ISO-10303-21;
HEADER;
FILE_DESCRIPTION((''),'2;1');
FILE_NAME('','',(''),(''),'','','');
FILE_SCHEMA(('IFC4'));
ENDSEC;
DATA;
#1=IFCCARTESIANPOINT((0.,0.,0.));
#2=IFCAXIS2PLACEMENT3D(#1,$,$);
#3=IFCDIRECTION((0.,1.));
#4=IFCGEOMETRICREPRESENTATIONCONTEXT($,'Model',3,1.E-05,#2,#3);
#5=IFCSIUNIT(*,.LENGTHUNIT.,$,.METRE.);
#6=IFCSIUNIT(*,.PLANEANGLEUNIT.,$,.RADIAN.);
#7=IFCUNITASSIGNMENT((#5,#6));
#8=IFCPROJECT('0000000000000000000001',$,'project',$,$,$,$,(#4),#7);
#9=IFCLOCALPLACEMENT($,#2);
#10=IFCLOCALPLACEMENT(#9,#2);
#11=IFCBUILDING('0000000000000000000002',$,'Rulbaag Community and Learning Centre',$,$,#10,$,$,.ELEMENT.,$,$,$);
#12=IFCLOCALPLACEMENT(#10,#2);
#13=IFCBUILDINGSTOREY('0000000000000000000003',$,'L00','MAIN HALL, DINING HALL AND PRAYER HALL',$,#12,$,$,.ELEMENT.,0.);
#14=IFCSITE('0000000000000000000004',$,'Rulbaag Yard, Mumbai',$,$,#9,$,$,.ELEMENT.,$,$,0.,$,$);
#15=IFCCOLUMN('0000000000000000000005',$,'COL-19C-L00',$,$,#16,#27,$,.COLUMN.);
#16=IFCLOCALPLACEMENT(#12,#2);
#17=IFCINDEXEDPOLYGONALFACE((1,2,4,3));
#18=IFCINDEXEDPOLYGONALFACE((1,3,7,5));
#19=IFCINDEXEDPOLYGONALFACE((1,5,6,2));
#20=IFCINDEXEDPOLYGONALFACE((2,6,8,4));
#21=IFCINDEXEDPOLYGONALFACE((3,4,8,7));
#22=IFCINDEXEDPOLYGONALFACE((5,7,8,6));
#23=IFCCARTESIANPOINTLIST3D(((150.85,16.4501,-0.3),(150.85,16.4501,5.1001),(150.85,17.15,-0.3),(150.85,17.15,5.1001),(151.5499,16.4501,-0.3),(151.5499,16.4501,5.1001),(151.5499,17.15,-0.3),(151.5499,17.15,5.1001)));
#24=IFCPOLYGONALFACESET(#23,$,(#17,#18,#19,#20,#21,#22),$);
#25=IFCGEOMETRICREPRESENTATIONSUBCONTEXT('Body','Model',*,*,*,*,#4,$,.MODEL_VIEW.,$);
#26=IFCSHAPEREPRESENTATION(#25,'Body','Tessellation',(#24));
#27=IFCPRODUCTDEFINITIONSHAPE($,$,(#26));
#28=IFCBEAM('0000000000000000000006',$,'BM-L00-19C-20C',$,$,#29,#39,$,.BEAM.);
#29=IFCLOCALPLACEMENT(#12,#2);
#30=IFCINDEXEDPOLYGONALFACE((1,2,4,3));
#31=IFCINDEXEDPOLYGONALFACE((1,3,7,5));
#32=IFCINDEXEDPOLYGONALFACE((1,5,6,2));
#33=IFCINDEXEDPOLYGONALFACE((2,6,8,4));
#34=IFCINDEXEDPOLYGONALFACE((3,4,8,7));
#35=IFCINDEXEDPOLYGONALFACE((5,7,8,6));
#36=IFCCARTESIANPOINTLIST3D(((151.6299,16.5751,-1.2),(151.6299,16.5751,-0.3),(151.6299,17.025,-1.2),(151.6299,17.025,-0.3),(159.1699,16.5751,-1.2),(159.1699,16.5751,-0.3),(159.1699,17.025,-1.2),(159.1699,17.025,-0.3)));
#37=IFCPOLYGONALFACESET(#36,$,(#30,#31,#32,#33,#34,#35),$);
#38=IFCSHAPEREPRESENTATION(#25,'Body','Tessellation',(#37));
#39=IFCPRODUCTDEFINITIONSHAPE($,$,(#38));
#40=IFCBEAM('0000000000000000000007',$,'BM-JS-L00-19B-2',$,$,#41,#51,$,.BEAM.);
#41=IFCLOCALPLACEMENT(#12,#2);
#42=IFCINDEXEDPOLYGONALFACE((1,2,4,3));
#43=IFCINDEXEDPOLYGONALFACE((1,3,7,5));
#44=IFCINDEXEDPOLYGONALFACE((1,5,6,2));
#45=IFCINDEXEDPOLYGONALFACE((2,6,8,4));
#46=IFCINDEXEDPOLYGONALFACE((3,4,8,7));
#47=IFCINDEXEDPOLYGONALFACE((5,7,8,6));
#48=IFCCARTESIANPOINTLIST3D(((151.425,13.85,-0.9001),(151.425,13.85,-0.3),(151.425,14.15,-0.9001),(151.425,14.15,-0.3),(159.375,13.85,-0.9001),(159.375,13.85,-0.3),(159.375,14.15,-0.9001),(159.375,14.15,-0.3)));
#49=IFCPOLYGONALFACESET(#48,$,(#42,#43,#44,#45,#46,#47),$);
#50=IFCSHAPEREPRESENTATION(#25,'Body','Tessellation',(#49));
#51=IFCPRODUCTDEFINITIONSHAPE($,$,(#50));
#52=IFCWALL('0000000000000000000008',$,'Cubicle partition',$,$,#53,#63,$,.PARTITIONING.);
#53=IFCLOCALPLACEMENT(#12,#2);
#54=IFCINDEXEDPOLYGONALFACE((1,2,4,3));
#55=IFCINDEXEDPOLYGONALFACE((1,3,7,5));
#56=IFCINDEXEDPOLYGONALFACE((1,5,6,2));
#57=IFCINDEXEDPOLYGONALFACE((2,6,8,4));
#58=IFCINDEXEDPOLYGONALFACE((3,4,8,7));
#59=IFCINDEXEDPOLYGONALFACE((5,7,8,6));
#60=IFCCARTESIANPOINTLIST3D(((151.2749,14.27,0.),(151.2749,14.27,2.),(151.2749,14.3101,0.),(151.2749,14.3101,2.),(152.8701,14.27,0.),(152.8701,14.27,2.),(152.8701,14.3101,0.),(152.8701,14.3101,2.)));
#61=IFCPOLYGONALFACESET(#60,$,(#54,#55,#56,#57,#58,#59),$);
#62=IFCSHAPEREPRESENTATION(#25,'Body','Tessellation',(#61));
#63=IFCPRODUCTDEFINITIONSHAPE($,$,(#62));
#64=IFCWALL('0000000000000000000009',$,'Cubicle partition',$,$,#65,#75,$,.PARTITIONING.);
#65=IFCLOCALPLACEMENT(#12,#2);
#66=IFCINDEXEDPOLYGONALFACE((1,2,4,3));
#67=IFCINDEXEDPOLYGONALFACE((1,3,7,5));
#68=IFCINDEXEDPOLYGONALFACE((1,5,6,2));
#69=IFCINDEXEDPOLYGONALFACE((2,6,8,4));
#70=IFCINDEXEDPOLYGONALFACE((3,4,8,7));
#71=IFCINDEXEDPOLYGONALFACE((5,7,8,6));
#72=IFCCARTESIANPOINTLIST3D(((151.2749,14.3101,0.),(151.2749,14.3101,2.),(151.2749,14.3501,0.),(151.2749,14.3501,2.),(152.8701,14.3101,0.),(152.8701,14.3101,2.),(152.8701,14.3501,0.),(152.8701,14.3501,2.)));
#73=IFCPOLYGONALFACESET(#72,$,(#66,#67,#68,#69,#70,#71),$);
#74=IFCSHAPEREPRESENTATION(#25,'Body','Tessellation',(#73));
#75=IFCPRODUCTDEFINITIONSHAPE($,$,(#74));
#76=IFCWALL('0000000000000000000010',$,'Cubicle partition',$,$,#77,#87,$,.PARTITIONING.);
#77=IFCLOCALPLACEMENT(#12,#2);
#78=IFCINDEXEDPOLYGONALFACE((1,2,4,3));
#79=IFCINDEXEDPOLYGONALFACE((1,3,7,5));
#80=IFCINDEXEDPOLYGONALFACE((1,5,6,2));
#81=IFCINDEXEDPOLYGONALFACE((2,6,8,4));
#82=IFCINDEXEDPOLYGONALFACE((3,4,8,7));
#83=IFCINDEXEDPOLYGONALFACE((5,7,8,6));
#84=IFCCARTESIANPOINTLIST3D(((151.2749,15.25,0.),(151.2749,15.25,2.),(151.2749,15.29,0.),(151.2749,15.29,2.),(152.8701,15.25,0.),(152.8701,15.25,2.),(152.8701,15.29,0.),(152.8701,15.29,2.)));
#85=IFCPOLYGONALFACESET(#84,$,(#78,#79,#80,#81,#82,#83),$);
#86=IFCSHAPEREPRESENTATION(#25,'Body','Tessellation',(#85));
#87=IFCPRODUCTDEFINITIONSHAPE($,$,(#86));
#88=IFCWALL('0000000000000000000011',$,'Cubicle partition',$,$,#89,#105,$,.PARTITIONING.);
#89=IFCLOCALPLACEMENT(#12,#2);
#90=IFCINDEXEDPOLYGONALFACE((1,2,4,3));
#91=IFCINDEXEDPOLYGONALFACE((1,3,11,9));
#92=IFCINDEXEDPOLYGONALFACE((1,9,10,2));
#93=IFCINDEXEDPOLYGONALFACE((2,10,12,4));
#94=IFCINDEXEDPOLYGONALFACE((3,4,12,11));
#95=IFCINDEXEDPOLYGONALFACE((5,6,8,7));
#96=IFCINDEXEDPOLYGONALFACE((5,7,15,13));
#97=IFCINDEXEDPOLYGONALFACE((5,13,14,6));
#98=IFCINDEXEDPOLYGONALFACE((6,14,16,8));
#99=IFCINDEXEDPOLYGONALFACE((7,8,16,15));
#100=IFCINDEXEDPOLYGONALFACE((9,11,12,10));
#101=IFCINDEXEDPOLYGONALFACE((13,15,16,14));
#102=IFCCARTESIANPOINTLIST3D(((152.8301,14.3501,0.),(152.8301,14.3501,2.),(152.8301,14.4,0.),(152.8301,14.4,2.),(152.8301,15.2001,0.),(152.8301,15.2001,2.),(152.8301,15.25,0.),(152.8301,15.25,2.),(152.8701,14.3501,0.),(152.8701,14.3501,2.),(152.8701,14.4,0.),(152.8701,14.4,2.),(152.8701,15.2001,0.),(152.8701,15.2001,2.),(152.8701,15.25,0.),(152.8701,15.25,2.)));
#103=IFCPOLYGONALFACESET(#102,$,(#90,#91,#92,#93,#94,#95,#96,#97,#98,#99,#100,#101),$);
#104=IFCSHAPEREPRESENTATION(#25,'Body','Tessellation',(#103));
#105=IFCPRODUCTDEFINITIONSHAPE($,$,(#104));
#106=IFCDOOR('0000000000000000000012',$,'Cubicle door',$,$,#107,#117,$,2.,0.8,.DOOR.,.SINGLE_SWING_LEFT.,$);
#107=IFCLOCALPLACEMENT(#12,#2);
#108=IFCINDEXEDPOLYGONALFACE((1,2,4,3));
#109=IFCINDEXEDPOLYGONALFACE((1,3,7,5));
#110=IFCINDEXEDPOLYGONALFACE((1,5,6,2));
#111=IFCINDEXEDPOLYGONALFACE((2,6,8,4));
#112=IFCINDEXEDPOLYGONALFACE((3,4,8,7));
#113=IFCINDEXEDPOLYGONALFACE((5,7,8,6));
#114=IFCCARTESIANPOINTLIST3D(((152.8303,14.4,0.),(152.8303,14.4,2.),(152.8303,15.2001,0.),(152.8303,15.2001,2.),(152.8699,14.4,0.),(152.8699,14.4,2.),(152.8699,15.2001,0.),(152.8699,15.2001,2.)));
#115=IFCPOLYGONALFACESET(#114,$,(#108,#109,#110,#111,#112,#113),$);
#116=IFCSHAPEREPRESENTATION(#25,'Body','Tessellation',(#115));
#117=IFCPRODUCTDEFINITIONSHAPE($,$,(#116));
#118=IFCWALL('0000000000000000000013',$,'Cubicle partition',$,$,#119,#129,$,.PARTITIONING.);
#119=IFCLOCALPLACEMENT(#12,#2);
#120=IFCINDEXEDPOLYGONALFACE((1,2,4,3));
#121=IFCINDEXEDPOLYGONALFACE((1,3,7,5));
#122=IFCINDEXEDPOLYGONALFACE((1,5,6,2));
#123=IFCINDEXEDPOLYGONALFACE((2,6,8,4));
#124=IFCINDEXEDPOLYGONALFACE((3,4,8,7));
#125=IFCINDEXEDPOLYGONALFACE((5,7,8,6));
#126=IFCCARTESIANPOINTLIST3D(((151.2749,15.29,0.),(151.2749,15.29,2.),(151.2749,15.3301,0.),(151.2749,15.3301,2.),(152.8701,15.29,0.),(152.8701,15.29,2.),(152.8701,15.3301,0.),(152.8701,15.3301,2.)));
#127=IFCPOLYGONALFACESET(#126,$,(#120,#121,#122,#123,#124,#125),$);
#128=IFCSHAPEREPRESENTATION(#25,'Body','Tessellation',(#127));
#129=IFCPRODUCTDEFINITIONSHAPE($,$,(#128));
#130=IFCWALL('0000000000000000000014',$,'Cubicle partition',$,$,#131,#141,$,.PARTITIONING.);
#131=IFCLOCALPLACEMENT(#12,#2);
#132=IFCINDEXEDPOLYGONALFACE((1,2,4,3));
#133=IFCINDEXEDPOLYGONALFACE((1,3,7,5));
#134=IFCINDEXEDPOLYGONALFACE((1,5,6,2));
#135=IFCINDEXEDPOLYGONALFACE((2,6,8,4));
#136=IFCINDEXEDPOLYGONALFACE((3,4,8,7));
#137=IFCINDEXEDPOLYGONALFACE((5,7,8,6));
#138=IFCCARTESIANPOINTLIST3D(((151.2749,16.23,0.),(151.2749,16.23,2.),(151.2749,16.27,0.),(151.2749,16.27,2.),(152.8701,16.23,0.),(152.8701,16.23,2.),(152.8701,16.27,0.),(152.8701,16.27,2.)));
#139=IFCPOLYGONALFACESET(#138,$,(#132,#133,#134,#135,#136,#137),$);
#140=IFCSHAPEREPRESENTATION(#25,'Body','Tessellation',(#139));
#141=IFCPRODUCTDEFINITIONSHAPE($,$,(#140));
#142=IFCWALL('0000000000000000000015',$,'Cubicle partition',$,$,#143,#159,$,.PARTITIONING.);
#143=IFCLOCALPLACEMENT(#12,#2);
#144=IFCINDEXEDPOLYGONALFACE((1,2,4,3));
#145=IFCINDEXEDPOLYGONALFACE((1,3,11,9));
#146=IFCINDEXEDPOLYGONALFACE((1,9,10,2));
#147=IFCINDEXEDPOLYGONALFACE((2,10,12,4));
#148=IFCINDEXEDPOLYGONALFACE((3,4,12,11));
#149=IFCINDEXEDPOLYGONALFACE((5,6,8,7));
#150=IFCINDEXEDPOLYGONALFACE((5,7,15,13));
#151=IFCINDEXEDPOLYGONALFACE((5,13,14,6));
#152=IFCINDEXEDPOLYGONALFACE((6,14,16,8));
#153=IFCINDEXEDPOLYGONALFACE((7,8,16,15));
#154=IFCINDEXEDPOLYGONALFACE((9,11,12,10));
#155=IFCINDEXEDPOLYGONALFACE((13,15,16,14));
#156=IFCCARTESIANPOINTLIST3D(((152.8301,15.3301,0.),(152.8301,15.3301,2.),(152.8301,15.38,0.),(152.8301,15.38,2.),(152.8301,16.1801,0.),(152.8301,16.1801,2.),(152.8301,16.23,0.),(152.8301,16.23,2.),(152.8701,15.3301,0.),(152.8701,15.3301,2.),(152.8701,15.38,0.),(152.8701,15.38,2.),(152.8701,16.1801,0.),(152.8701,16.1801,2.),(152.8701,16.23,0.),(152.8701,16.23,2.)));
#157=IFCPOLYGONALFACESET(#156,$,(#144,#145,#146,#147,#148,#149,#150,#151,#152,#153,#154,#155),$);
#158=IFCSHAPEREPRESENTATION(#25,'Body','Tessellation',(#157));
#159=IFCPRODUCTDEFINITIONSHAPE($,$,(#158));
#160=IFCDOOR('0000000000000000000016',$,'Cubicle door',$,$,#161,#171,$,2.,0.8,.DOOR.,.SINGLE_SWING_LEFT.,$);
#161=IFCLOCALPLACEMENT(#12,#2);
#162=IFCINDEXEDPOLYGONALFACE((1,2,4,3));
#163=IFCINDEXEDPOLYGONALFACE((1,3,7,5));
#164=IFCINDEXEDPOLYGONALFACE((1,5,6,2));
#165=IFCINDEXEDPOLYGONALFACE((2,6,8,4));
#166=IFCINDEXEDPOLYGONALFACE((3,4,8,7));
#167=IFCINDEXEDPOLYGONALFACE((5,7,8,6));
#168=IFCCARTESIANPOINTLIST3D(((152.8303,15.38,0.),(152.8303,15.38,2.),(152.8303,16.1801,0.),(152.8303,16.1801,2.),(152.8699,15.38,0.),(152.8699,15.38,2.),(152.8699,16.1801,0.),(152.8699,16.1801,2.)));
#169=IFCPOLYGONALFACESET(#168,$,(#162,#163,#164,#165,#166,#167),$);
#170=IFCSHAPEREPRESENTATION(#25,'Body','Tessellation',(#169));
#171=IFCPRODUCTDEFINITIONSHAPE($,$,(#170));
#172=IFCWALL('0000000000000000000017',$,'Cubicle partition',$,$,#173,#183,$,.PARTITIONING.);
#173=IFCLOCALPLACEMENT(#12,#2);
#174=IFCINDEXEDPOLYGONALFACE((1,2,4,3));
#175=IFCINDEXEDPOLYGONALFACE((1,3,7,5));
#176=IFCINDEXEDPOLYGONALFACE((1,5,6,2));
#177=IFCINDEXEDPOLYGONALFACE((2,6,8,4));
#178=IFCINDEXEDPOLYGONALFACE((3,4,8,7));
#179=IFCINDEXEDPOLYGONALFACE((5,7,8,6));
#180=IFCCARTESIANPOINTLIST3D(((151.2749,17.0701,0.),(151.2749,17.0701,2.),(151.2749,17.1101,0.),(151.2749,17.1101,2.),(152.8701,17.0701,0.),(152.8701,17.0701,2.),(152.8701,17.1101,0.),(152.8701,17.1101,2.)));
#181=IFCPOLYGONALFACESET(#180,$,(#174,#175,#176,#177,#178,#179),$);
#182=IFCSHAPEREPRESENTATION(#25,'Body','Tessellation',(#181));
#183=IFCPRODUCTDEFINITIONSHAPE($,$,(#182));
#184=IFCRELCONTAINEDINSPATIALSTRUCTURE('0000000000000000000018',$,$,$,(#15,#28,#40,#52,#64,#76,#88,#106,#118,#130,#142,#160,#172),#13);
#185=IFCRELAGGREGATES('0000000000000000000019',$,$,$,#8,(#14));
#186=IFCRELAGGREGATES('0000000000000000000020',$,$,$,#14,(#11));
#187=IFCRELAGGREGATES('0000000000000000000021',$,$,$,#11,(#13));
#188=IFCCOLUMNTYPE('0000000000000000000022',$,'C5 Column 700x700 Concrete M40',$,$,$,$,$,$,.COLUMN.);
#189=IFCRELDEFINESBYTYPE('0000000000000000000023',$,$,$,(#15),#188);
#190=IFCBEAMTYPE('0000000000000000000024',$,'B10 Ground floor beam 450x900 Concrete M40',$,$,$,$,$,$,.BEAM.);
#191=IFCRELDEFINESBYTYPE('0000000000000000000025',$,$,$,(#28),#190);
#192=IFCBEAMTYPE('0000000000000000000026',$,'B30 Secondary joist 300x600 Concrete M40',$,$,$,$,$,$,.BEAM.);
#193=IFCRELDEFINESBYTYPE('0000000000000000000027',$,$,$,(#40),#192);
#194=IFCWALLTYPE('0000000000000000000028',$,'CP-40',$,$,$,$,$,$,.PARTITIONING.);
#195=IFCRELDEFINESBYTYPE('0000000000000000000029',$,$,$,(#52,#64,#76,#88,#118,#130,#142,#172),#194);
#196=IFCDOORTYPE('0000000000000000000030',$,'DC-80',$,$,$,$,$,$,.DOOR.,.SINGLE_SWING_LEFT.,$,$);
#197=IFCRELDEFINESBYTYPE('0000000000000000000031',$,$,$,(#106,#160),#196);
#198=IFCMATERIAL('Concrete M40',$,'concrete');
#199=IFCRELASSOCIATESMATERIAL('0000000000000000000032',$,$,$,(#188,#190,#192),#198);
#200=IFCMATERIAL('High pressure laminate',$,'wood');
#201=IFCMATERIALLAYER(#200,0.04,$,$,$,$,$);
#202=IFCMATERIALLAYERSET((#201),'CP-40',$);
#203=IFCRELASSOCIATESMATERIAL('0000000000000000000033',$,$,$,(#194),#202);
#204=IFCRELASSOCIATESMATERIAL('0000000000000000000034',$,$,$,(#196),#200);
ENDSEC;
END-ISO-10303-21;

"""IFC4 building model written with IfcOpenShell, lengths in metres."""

from ifc_helpers import new_model, si_unit, direction, frame, frame_2d, origin, origin_2d, place, context, subcontext, project, spatial, rectangle, extrude, material, layer, layer_set, material_profile, profile_set, type_object, element, fill, save


model = new_model("IFC4")

# Units and contexts
model_context = context("Model", 3, precision=1e-05, world=origin(), true_north=direction((0.0, 1.0)))
body_context = subcontext(model_context, "Body", "Model", "MODEL_VIEW")
ifc_project = project(units=[si_unit("LENGTHUNIT", "METRE"), si_unit("PLANEANGLEUNIT", "RADIAN")], contexts=[model_context])

# Site, building, storey
site_placement = place(None, origin())
site = spatial("IfcSite", under=ifc_project, at=site_placement, Name="Rulbaag Yard, Mumbai", CompositionType="ELEMENT", RefElevation=0.0)
building_placement = place(site_placement, origin())
building = spatial("IfcBuilding", under=site, at=building_placement, Name="Rulbaag Community and Learning Centre", CompositionType="ELEMENT")
storey_placement = place(building_placement, origin())
storey = spatial("IfcBuildingStorey", under=building, at=storey_placement, Name="L00", Description="MAIN HALL, DINING HALL AND PRAYER HALL", CompositionType="ELEMENT", Elevation=0.0)

# Column
ifc_material_1 = material(Name="Concrete M40", Category="concrete")
ifc_material_profile_1 = material_profile(ifc_material_1, rectangle(XDim=0.7, YDim=0.7, at=origin_2d()), Name="RC700x700")
ifc_profile_set_1 = profile_set([ifc_material_profile_1], Name="Concrete M40")
column_type = type_object("IfcColumnType", Name="C5 Column 700x700 Concrete M40", PredefinedType="COLUMN", material=ifc_profile_set_1)
column_placement = place(storey_placement, frame((151.2, 16.8, -0.3), z_axis=(0.0, 0.0, 1.0), x_axis=(1.0, 0.0, 0.0)))
element("IfcColumn", 1, at=column_placement, inside=storey, type_object=column_type, Name="COL-19C-L00", PredefinedType="COLUMN", context=body_context, shape_type="SweptSolid", body=[
    extrude(rectangle(XDim=0.7, YDim=0.7, at=origin_2d()), origin(), (0.0, 0.0, 1.0), 5.4001),
])

# Beams
ifc_material_profile_2 = material_profile(ifc_material_1, rectangle(XDim=0.45, YDim=0.8999, at=origin_2d()), Name="RB450x900")
ifc_profile_set_2 = profile_set([ifc_material_profile_2], Name="Concrete M40")
beam_type_1 = type_object("IfcBeamType", Name="B10 Ground floor beam 450x900 Concrete M40", PredefinedType="BEAM", material=ifc_profile_set_2)
beam_1_placement = place(storey_placement, frame((151.6299, 16.8, -0.75), z_axis=(1.0, 0.0, 0.0), x_axis=(0.0, 1.0, 0.0)))
element("IfcBeam", 2, at=beam_1_placement, inside=storey, type_object=beam_type_1, Name="BM-L00-19C-20C", PredefinedType="BEAM", context=body_context, shape_type="SweptSolid", body=[
    extrude(rectangle(XDim=0.45, YDim=0.8999, at=origin_2d()), origin(), (0.0, 0.0, 1.0), 7.54),
])
ifc_material_profile_3 = material_profile(ifc_material_1, rectangle(XDim=0.3, YDim=0.6001, at=origin_2d()), Name="RB300x600")
ifc_profile_set_3 = profile_set([ifc_material_profile_3], Name="Concrete M40")
beam_type_2 = type_object("IfcBeamType", Name="B30 Secondary joist 300x600 Concrete M40", PredefinedType="BEAM", material=ifc_profile_set_3)
beam_2_placement = place(storey_placement, frame((151.425, 14.0, -0.6001), z_axis=(1.0, 0.0, 0.0), x_axis=(0.0, 1.0, 0.0)))
element("IfcBeam", 3, at=beam_2_placement, inside=storey, type_object=beam_type_2, Name="BM-JS-L00-19B-2", PredefinedType="BEAM", context=body_context, shape_type="SweptSolid", body=[
    extrude(rectangle(XDim=0.3, YDim=0.6001, at=origin_2d()), origin(), (0.0, 0.0, 1.0), 7.95),
])

# Walls
ifc_material_2 = material(Name="High pressure laminate", Category="wood")
ifc_layer = layer(ifc_material_2, 0.04)
ifc_layer_set = layer_set([ifc_layer], Name="CP-40")
wall_type = type_object("IfcWallType", Name="CP-40", PredefinedType="PARTITIONING", material=ifc_layer_set)
for number, where, z_axis, x_axis, name in (
    (4, (151.2749, 14.29, 0.0), (0.0, 0.0, 1.0), (1.0, 0.0, 0.0), "Cubicle partition"),
    (5, (151.2749, 14.3301, 0.0), (0.0, 0.0, 1.0), (1.0, 0.0, 0.0), "Cubicle partition"),
    (6, (151.2749, 15.27, 0.0), (0.0, 0.0, 1.0), (1.0, 0.0, 0.0), "Cubicle partition"),
):
    element("IfcWall", number, at=place(storey_placement, frame(where, z_axis=z_axis, x_axis=x_axis)), inside=storey, type_object=wall_type, Name=name, PredefinedType="PARTITIONING", context=body_context, shape_type="SweptSolid", body=[
        extrude(rectangle(XDim=1.5952, YDim=0.04, at=frame_2d((0.7976, 0.0))), origin(), (0.0, 0.0, 1.0), 2.0),
    ])

# Wall, opening, door
wall_1_placement = place(storey_placement, frame((152.8501, 14.3501, 0.0), z_axis=(0.0, 0.0, 1.0), x_axis=(0.0, 1.0, 0.0)))
wall_1 = element("IfcWall", 7, at=wall_1_placement, inside=storey, type_object=wall_type, Name="Cubicle partition", PredefinedType="PARTITIONING", context=body_context, shape_type="SweptSolid", body=[
    extrude(rectangle(XDim=0.8999, YDim=0.04, at=frame_2d((0.45, 0.0))), origin(), (0.0, 0.0, 1.0), 2.0),
])
opening_1_placement = place(wall_1_placement, frame((0.05, 0.0, 0.0)))
opening_1 = element("IfcOpeningElement", 8, at=opening_1_placement, cuts=wall_1, PredefinedType="OPENING", context=body_context, shape_type="SweptSolid", body=[
    extrude(rectangle(XDim=0.8, YDim=2.0, at=frame_2d((0.3999, 1.0))), frame((0.0, 0.03, 0.0), z_axis=(0.0, -1.0, 0.0), x_axis=(1.0, 0.0, 0.0)), (0.0, 0.0, 1.0), 0.0601),
])
door_type = type_object("IfcDoorType", Name="DC-80", OperationType="SINGLE_SWING_LEFT", PredefinedType="DOOR", material=ifc_material_2)
door_1_placement = place(opening_1_placement, origin())
door_1 = element("IfcDoor", 9, at=door_1_placement, inside=storey, type_object=door_type, Name="Cubicle door", OperationType="SINGLE_SWING_LEFT", OverallHeight=2.0, OverallWidth=0.8, PredefinedType="DOOR", context=body_context, shape_type="SweptSolid", body=[
    extrude(rectangle(XDim=0.8, YDim=2.0, at=frame_2d((0.3999, 1.0))), frame((0.0, 0.0198, 0.0), z_axis=(0.0, -1.0, 0.0), x_axis=(1.0, 0.0, 0.0)), (0.0, 0.0, 1.0), 0.0396),
])
fill(opening_1, door_1)

# Walls
for number, where, z_axis, x_axis, name in (
    (10, (151.2749, 15.3101, 0.0), (0.0, 0.0, 1.0), (1.0, 0.0, 0.0), "Cubicle partition"),
    (11, (151.2749, 16.25, 0.0), (0.0, 0.0, 1.0), (1.0, 0.0, 0.0), "Cubicle partition"),
):
    element("IfcWall", number, at=place(storey_placement, frame(where, z_axis=z_axis, x_axis=x_axis)), inside=storey, type_object=wall_type, Name=name, PredefinedType="PARTITIONING", context=body_context, shape_type="SweptSolid", body=[
        extrude(rectangle(XDim=1.5952, YDim=0.04, at=frame_2d((0.7976, 0.0))), origin(), (0.0, 0.0, 1.0), 2.0),
    ])

# Wall, opening, door
wall_2_placement = place(storey_placement, frame((152.8501, 15.3301, 0.0), z_axis=(0.0, 0.0, 1.0), x_axis=(0.0, 1.0, 0.0)))
wall_2 = element("IfcWall", 12, at=wall_2_placement, inside=storey, type_object=wall_type, Name="Cubicle partition", PredefinedType="PARTITIONING", context=body_context, shape_type="SweptSolid", body=[
    extrude(rectangle(XDim=0.8999, YDim=0.04, at=frame_2d((0.45, 0.0))), origin(), (0.0, 0.0, 1.0), 2.0),
])
opening_2_placement = place(wall_2_placement, frame((0.05, 0.0, 0.0)))
opening_2 = element("IfcOpeningElement", 13, at=opening_2_placement, cuts=wall_2, PredefinedType="OPENING", context=body_context, shape_type="SweptSolid", body=[
    extrude(rectangle(XDim=0.8, YDim=2.0, at=frame_2d((0.3999, 1.0))), frame((0.0, 0.03, 0.0), z_axis=(0.0, -1.0, 0.0), x_axis=(1.0, 0.0, 0.0)), (0.0, 0.0, 1.0), 0.0601),
])
door_2_placement = place(opening_2_placement, origin())
door_2 = element("IfcDoor", 14, at=door_2_placement, inside=storey, type_object=door_type, Name="Cubicle door", OperationType="SINGLE_SWING_LEFT", OverallHeight=2.0, OverallWidth=0.8, PredefinedType="DOOR", context=body_context, shape_type="SweptSolid", body=[
    extrude(rectangle(XDim=0.8, YDim=2.0, at=frame_2d((0.3999, 1.0))), frame((0.0, 0.0198, 0.0), z_axis=(0.0, -1.0, 0.0), x_axis=(1.0, 0.0, 0.0)), (0.0, 0.0, 1.0), 0.0396),
])
fill(opening_2, door_2)

# Wall
wall_3_placement = place(storey_placement, frame((151.2749, 17.0901, 0.0), z_axis=(0.0, 0.0, 1.0), x_axis=(1.0, 0.0, 0.0)))
element("IfcWall", 15, at=wall_3_placement, inside=storey, type_object=wall_type, Name="Cubicle partition", PredefinedType="PARTITIONING", context=body_context, shape_type="SweptSolid", body=[
    extrude(rectangle(XDim=1.5952, YDim=0.04, at=frame_2d((0.7976, 0.0))), origin(), (0.0, 0.0, 1.0), 2.0),
])

save(model, "model.ifc")
